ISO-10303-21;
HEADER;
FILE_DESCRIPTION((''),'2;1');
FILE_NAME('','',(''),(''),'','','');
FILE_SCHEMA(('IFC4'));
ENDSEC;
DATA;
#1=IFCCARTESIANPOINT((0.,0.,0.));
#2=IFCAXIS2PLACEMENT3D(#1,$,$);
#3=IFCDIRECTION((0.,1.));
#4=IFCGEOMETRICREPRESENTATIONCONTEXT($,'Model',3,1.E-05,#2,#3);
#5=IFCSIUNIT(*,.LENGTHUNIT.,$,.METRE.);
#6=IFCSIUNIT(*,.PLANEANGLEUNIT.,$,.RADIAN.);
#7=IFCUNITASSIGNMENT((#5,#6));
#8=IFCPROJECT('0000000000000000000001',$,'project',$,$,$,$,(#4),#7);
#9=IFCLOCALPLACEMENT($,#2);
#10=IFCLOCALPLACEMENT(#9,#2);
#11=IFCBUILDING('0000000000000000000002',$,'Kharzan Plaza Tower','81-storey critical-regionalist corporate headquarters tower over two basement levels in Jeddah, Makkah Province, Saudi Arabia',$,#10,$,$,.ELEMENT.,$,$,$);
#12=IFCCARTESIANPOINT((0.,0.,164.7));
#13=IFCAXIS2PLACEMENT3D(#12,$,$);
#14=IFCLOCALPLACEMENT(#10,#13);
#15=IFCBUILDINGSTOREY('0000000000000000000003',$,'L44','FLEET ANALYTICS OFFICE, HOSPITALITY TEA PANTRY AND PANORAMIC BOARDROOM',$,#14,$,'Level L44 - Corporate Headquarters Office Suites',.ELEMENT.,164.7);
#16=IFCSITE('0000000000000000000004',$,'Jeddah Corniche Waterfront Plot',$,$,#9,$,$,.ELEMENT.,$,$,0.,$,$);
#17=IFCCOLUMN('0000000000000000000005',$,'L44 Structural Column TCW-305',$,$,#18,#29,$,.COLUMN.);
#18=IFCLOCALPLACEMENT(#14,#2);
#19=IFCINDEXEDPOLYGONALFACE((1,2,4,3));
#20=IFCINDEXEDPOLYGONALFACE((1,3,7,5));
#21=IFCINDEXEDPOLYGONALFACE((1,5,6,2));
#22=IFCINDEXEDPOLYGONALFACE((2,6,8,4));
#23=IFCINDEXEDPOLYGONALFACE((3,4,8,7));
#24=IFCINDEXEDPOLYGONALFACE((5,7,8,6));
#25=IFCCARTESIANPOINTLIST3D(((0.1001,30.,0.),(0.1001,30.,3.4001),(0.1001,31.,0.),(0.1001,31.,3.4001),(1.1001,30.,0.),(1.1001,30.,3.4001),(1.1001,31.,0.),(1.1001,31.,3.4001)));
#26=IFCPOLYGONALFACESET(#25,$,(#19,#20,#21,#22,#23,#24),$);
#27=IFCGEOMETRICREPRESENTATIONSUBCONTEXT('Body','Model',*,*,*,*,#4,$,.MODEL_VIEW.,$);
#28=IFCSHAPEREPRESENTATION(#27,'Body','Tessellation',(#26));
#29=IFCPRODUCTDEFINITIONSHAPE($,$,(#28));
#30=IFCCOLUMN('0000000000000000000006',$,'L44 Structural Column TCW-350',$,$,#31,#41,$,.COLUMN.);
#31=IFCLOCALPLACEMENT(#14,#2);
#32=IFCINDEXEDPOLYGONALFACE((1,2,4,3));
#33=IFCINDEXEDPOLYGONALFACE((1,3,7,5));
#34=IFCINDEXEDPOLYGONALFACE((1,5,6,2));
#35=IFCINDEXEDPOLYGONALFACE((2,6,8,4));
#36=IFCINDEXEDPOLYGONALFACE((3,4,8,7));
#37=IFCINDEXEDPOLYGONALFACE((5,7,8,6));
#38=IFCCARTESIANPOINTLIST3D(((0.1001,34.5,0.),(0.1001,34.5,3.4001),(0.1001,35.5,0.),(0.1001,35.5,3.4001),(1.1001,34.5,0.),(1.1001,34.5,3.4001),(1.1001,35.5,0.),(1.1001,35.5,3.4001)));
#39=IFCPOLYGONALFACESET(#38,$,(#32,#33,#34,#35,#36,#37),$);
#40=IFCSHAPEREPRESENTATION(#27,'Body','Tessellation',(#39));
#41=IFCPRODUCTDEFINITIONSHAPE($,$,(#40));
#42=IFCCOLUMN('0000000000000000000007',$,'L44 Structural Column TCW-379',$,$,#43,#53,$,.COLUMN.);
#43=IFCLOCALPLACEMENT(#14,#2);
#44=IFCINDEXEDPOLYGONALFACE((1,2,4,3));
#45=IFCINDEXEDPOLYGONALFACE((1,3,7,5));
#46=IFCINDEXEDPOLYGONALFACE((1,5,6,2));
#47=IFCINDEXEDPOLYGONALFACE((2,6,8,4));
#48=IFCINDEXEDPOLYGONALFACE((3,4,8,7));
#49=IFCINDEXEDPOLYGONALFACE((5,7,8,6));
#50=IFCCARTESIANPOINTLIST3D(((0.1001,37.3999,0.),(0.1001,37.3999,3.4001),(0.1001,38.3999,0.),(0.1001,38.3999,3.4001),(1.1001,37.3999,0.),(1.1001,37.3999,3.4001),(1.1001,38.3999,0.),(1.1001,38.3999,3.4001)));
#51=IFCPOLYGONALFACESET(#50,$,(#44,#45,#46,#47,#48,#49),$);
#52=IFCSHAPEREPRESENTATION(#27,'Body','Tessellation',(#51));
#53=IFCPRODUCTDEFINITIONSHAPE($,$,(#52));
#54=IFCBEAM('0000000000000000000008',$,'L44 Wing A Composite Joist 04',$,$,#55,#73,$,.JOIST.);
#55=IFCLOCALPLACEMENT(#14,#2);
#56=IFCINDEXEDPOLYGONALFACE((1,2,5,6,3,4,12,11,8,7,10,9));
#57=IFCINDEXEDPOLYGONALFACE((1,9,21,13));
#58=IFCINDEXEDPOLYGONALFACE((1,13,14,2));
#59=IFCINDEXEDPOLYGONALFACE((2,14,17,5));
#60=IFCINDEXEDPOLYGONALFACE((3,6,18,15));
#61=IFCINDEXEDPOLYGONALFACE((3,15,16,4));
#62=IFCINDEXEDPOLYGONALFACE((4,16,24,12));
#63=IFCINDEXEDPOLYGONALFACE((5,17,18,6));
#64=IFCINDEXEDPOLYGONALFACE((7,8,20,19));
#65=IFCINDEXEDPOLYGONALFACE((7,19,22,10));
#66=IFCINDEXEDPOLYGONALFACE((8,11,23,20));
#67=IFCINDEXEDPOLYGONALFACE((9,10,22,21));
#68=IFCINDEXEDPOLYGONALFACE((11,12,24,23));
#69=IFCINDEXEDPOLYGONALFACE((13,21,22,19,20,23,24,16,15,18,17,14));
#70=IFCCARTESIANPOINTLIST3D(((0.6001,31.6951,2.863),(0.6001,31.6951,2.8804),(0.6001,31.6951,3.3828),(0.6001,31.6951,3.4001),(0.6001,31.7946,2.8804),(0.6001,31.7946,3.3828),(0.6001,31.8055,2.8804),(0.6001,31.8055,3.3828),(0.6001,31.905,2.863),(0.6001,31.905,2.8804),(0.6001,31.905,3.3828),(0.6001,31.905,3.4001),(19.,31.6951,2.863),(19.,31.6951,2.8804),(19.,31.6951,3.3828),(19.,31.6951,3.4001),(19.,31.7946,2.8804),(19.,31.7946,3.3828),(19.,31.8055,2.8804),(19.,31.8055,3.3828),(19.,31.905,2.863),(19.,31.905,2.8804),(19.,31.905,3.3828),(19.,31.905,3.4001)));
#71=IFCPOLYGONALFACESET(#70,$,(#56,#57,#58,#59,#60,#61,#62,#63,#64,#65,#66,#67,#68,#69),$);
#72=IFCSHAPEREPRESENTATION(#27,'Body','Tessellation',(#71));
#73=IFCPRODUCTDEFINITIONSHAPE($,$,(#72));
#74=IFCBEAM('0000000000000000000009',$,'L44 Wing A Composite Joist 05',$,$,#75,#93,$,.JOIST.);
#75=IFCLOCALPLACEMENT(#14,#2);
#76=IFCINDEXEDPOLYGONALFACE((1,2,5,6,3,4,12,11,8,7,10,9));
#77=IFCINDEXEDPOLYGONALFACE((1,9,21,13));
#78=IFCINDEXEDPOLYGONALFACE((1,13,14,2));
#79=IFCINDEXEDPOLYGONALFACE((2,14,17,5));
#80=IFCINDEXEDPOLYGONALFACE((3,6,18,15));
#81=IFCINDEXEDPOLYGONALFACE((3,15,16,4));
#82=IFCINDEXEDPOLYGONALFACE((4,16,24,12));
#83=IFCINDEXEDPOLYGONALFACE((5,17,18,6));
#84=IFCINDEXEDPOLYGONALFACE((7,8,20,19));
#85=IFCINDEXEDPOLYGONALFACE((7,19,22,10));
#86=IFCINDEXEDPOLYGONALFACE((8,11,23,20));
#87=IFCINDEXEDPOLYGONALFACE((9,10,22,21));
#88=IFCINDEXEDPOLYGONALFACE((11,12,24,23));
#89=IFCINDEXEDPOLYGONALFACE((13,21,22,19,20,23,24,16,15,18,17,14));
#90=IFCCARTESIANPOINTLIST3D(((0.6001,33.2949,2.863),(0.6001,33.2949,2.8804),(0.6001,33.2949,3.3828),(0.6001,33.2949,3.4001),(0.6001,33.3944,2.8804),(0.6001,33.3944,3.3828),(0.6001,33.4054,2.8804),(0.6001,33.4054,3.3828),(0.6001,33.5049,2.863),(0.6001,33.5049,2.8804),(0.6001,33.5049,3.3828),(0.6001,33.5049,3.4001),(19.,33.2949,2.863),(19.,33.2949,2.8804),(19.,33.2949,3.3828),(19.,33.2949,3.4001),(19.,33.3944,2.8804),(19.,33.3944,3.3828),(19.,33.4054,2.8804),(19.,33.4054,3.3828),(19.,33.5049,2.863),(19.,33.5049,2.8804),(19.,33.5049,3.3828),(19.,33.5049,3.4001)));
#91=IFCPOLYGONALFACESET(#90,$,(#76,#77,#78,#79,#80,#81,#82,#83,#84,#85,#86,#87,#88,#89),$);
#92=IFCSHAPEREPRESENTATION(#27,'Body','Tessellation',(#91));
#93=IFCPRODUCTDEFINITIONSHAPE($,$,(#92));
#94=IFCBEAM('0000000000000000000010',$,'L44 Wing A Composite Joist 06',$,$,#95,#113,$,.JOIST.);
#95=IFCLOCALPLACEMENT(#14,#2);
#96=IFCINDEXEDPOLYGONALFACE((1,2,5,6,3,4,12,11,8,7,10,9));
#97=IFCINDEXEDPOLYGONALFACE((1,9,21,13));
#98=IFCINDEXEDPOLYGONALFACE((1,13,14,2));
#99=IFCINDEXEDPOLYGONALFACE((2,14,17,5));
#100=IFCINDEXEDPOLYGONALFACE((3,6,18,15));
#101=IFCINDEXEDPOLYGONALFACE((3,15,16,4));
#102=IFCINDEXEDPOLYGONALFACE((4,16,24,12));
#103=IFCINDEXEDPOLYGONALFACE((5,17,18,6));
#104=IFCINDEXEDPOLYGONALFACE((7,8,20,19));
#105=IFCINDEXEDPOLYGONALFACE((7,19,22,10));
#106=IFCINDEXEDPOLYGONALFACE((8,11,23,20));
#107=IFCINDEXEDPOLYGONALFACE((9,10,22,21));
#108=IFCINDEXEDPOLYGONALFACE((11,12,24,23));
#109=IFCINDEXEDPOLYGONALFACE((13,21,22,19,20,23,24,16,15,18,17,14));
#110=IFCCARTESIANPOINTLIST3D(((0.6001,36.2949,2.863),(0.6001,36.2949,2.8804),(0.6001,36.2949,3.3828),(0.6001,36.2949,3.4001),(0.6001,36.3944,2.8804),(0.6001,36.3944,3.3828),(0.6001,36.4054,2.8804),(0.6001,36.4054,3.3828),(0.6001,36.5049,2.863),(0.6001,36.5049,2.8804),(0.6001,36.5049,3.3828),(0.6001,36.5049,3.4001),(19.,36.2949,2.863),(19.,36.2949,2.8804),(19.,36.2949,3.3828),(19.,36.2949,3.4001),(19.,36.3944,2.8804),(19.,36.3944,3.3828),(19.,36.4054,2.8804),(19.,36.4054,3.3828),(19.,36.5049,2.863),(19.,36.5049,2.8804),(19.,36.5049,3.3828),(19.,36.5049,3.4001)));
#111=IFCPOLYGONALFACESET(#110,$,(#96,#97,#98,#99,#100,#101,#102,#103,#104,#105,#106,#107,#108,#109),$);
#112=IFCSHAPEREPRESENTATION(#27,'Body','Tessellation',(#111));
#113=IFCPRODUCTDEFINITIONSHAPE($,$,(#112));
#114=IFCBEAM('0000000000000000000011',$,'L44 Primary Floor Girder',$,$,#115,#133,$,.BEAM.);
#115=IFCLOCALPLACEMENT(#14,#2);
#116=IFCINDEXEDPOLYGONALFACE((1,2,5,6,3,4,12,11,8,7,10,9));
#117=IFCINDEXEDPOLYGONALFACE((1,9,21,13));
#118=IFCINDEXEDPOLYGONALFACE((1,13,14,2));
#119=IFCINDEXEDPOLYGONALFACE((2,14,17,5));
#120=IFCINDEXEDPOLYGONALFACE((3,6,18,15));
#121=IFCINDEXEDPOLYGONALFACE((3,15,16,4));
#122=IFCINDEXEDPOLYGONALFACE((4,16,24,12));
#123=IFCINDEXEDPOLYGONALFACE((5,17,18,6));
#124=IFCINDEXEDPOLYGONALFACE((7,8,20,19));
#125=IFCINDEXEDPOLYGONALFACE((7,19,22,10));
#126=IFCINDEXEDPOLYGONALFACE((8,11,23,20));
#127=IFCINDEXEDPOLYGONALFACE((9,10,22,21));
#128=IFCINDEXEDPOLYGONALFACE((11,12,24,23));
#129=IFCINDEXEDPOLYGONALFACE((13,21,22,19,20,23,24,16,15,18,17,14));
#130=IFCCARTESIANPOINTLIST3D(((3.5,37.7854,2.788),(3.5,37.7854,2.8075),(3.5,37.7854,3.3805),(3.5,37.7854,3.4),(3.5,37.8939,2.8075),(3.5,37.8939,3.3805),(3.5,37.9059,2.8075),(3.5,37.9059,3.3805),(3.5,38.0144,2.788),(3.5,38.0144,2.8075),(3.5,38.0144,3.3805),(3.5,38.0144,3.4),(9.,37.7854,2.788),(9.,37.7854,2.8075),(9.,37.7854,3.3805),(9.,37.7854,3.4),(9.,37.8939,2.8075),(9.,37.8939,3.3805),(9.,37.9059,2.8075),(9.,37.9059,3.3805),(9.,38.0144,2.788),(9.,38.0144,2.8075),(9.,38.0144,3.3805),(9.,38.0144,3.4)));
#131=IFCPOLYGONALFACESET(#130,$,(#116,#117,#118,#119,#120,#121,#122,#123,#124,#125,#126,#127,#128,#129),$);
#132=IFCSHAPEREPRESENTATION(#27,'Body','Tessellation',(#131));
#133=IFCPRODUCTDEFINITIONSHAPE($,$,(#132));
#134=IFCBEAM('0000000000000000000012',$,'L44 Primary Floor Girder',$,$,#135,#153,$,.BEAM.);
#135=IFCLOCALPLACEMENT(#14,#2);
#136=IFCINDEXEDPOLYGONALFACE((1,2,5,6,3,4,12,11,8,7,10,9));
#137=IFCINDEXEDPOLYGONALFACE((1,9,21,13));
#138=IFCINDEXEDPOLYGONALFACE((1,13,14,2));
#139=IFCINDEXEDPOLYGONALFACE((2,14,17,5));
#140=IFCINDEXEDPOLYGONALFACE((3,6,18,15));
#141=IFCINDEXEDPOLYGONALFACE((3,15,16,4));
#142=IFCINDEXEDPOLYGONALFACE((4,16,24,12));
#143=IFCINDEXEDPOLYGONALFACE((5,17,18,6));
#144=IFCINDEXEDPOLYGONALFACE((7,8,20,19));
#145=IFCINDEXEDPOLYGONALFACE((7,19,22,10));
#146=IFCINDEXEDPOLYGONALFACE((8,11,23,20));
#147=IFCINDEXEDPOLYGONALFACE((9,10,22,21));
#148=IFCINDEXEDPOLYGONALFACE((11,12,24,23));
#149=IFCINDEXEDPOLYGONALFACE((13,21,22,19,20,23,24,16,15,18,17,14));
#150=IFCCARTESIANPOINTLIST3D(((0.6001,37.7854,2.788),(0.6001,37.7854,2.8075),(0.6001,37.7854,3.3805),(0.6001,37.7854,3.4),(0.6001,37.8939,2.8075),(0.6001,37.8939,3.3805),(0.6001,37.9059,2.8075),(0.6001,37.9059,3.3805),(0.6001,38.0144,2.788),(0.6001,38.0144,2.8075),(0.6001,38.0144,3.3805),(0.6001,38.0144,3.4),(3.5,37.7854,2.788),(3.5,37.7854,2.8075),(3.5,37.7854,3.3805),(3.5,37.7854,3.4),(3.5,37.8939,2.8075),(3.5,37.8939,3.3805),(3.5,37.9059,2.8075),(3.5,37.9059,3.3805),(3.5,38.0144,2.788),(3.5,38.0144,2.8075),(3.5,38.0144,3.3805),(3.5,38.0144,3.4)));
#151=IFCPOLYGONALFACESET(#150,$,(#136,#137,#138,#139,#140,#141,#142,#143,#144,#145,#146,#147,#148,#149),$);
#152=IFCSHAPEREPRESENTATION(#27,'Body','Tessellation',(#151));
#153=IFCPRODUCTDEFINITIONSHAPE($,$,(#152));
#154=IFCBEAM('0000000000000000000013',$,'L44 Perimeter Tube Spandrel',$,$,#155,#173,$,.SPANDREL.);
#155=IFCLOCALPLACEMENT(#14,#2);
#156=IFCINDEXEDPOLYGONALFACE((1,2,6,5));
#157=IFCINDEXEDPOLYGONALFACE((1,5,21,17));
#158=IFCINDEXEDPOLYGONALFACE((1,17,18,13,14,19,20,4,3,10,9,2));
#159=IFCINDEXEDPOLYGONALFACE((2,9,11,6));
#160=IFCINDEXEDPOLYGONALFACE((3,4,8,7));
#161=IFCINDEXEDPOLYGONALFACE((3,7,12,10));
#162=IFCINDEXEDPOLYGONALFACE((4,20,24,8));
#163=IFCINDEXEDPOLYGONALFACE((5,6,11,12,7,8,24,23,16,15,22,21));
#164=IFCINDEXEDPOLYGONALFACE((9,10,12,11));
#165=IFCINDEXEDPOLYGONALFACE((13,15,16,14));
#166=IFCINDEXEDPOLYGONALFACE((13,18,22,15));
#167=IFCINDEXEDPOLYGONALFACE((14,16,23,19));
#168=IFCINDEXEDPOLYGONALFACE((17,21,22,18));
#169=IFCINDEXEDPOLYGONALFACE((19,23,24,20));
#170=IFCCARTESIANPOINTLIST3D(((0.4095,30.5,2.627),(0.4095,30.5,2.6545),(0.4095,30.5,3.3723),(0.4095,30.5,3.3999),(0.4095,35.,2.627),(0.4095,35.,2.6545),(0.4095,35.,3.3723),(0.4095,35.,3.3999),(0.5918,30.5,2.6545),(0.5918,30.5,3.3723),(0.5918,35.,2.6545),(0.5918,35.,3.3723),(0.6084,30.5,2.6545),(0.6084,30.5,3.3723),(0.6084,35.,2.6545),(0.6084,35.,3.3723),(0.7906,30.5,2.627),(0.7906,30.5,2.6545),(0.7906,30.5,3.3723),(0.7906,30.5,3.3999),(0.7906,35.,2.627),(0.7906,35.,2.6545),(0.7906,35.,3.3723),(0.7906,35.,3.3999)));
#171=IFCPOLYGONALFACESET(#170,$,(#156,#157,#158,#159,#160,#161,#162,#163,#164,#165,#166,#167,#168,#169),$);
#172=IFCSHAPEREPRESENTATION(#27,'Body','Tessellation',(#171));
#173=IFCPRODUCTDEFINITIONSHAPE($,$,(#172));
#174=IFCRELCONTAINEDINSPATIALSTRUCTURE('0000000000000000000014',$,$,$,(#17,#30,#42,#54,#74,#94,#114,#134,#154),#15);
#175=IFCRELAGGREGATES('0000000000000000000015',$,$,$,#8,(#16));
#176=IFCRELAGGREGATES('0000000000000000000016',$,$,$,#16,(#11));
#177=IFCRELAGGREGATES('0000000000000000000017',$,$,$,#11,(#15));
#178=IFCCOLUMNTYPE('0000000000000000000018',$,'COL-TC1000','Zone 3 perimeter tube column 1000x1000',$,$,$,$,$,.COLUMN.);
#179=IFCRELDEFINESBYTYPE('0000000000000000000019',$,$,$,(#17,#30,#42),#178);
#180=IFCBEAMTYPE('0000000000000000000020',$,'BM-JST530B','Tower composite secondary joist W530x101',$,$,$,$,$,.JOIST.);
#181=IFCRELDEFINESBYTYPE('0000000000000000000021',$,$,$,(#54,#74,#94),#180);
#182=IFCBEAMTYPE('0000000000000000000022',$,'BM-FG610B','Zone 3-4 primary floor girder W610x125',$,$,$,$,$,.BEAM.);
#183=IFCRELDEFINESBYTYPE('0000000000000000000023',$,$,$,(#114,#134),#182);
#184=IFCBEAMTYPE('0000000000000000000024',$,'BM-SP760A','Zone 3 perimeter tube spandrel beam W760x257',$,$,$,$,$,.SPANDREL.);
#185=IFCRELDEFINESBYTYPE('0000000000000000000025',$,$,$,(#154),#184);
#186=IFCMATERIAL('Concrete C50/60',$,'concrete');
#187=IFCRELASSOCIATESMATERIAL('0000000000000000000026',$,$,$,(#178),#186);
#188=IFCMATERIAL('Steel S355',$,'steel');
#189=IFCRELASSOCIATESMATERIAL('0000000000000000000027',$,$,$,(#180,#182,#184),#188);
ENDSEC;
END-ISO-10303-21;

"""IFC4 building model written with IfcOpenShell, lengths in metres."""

from ifc_helpers import new_model, si_unit, direction, frame, origin, origin_2d, place, context, subcontext, project, spatial, rectangle, i_section, extrude, source, transform, mapped, material, material_profile, profile_set, type_object, element, save


model = new_model("IFC4")

# Units and contexts
model_context = context("Model", 3, precision=1e-05, world=origin(), true_north=direction((0.0, 1.0)))
body_context = subcontext(model_context, "Body", "Model", "MODEL_VIEW")
ifc_project = project(units=[si_unit("LENGTHUNIT", "METRE"), si_unit("PLANEANGLEUNIT", "RADIAN")], contexts=[model_context])

# Site, building, storey
site_placement = place(None, origin())
site = spatial("IfcSite", under=ifc_project, at=site_placement, Name="Jeddah Corniche Waterfront Plot", CompositionType="ELEMENT", RefElevation=0.0)
building_placement = place(site_placement, origin())
building = spatial("IfcBuilding", under=site, at=building_placement, Name="Kharzan Plaza Tower", Description="81-storey critical-regionalist corporate headquarters tower over two basement levels in Jeddah, Makkah Province, Saudi Arabia", CompositionType="ELEMENT")
storey_placement = place(building_placement, frame((0.0, 0.0, 164.7)))
storey = spatial("IfcBuildingStorey", under=building, at=storey_placement, Name="L44", Description="FLEET ANALYTICS OFFICE, HOSPITALITY TEA PANTRY AND PANORAMIC BOARDROOM", LongName="Level L44 - Corporate Headquarters Office Suites", CompositionType="ELEMENT", Elevation=164.7)

# Columns
ifc_material_1 = material(Name="Concrete C50/60", Category="concrete")
ifc_material_profile_1 = material_profile(ifc_material_1, rectangle(XDim=1.0, YDim=1.0, at=origin_2d()), Name="RC-TC1000x1000")
ifc_profile_set_1 = profile_set([ifc_material_profile_1], Name="Concrete C50/60")
column_type = type_object("IfcColumnType", Name="COL-TC1000", Description="Zone 3 perimeter tube column 1000x1000", PredefinedType="COLUMN", material=ifc_profile_set_1)
shared_shape_1 = source(origin(), body_context, "Body", "SweptSolid", [
    extrude(rectangle(XDim=1.0, YDim=1.0, at=origin_2d()), origin(), (0.0, 0.0, 1.0), 3.4001),
])
for number, where, z_axis, x_axis, name in (
    (1, (0.6001, 30.5, 0.0), (0.0, 0.0, 1.0), (1.0, 0.0, 0.0), "L44 Structural Column TCW-305"),
    (2, (0.6001, 35.0, 0.0), (0.0, 0.0, 1.0), (1.0, 0.0, 0.0), "L44 Structural Column TCW-350"),
    (3, (0.6001, 37.8999, 0.0), (0.0, 0.0, 1.0), (1.0, 0.0, 0.0), "L44 Structural Column TCW-379"),
):
    element("IfcColumn", number, at=place(storey_placement, frame(where, z_axis=z_axis, x_axis=x_axis)), inside=storey, type_object=column_type, Name=name, PredefinedType="COLUMN", context=body_context, shape_type="MappedRepresentation", body=[
        mapped(shared_shape_1, transform((0.0, 0.0, 0.0), x_axis=(1.0, 0.0, 0.0), y_axis=(0.0, 1.0, 0.0), z_axis=(0.0, 0.0, 1.0))),
    ])

# Beams
ifc_material_2 = material(Name="Steel S355", Category="steel")
ifc_material_profile_2 = material_profile(ifc_material_2, i_section(OverallWidth=0.21, OverallDepth=0.5371, WebThickness=0.011, FlangeThickness=0.0173, at=origin_2d()), Name="W530x101")
ifc_profile_set_2 = profile_set([ifc_material_profile_2], Name="Steel S355")
beam_type_1 = type_object("IfcBeamType", Name="BM-JST530B", Description="Tower composite secondary joist W530x101", PredefinedType="JOIST", material=ifc_profile_set_2)
shared_shape_2 = source(origin(), body_context, "Body", "SweptSolid", [
    extrude(i_section(OverallWidth=0.21, OverallDepth=0.5371, WebThickness=0.011, FlangeThickness=0.0173, at=origin_2d()), origin(), (0.0, 0.0, 1.0), 18.3999),
])
for number, where, z_axis, x_axis, name in (
    (4, (0.6001, 31.8, 3.1316), (1.0, 0.0, 0.0), (0.0, 1.0, 0.0), "L44 Wing A Composite Joist 04"),
    (5, (0.6001, 33.3999, 3.1316), (1.0, 0.0, 0.0), (0.0, 1.0, 0.0), "L44 Wing A Composite Joist 05"),
    (6, (0.6001, 36.3999, 3.1316), (1.0, 0.0, 0.0), (0.0, 1.0, 0.0), "L44 Wing A Composite Joist 06"),
):
    element("IfcBeam", number, at=place(storey_placement, frame(where, z_axis=z_axis, x_axis=x_axis)), inside=storey, type_object=beam_type_1, Name=name, PredefinedType="JOIST", context=body_context, shape_type="MappedRepresentation", body=[
        mapped(shared_shape_2, transform((0.0, 0.0, 0.0), x_axis=(1.0, 0.0, 0.0), y_axis=(0.0, 1.0, 0.0), z_axis=(0.0, 0.0, 1.0))),
    ])
ifc_material_profile_3 = material_profile(ifc_material_2, i_section(OverallWidth=0.229, OverallDepth=0.6121, WebThickness=0.012, FlangeThickness=0.0195, at=origin_2d()), Name="W610x125")
ifc_profile_set_3 = profile_set([ifc_material_profile_3], Name="Steel S355")
beam_type_2 = type_object("IfcBeamType", Name="BM-FG610B", Description="Zone 3-4 primary floor girder W610x125", PredefinedType="BEAM", material=ifc_profile_set_3)
shared_shape_3 = source(origin(), body_context, "Body", "SweptSolid", [
    extrude(i_section(OverallWidth=0.229, OverallDepth=0.6121, WebThickness=0.012, FlangeThickness=0.0195, at=origin_2d()), origin(), (0.0, 0.0, 1.0), 5.5),
])
beam_1_placement = place(storey_placement, frame((3.5, 37.8999, 3.094), z_axis=(1.0, 0.0, 0.0), x_axis=(0.0, 1.0, 0.0)))
element("IfcBeam", 7, at=beam_1_placement, inside=storey, type_object=beam_type_2, Name="L44 Primary Floor Girder", PredefinedType="BEAM", context=body_context, shape_type="MappedRepresentation", body=[
    mapped(shared_shape_3, transform((0.0, 0.0, 0.0), x_axis=(1.0, 0.0, 0.0), y_axis=(0.0, 1.0, 0.0), z_axis=(0.0, 0.0, 1.0))),
])
shared_shape_4 = source(origin(), body_context, "Body", "SweptSolid", [
    extrude(i_section(OverallWidth=0.229, OverallDepth=0.6121, WebThickness=0.012, FlangeThickness=0.0195, at=origin_2d()), origin(), (0.0, 0.0, 1.0), 2.8999),
])
beam_2_placement = place(storey_placement, frame((0.6001, 37.8999, 3.094), z_axis=(1.0, 0.0, 0.0), x_axis=(0.0, 1.0, 0.0)))
element("IfcBeam", 8, at=beam_2_placement, inside=storey, type_object=beam_type_2, Name="L44 Primary Floor Girder", PredefinedType="BEAM", context=body_context, shape_type="MappedRepresentation", body=[
    mapped(shared_shape_4, transform((0.0, 0.0, 0.0), x_axis=(1.0, 0.0, 0.0), y_axis=(0.0, 1.0, 0.0), z_axis=(0.0, 0.0, 1.0))),
])
ifc_material_profile_4 = material_profile(ifc_material_2, i_section(OverallWidth=0.3811, OverallDepth=0.7729, WebThickness=0.0166, FlangeThickness=0.0276, at=origin_2d()), Name="W760x257")
ifc_profile_set_4 = profile_set([ifc_material_profile_4], Name="Steel S355")
beam_type_3 = type_object("IfcBeamType", Name="BM-SP760A", Description="Zone 3 perimeter tube spandrel beam W760x257", PredefinedType="SPANDREL", material=ifc_profile_set_4)
shared_shape_5 = source(origin(), body_context, "Body", "SweptSolid", [
    extrude(i_section(OverallWidth=0.3811, OverallDepth=0.7729, WebThickness=0.0166, FlangeThickness=0.0276, at=origin_2d()), origin(), (0.0, 0.0, 1.0), 4.5),
])
beam_3_placement = place(storey_placement, frame((0.6001, 30.5, 3.0134), z_axis=(0.0, 1.0, 0.0), x_axis=(-1.0, 0.0, 0.0)))
element("IfcBeam", 9, at=beam_3_placement, inside=storey, type_object=beam_type_3, Name="L44 Perimeter Tube Spandrel", PredefinedType="SPANDREL", context=body_context, shape_type="MappedRepresentation", body=[
    mapped(shared_shape_5, transform((0.0, 0.0, 0.0), x_axis=(1.0, 0.0, 0.0), y_axis=(0.0, 1.0, 0.0), z_axis=(0.0, 0.0, 1.0))),
])

save(model, "model.ifc")
